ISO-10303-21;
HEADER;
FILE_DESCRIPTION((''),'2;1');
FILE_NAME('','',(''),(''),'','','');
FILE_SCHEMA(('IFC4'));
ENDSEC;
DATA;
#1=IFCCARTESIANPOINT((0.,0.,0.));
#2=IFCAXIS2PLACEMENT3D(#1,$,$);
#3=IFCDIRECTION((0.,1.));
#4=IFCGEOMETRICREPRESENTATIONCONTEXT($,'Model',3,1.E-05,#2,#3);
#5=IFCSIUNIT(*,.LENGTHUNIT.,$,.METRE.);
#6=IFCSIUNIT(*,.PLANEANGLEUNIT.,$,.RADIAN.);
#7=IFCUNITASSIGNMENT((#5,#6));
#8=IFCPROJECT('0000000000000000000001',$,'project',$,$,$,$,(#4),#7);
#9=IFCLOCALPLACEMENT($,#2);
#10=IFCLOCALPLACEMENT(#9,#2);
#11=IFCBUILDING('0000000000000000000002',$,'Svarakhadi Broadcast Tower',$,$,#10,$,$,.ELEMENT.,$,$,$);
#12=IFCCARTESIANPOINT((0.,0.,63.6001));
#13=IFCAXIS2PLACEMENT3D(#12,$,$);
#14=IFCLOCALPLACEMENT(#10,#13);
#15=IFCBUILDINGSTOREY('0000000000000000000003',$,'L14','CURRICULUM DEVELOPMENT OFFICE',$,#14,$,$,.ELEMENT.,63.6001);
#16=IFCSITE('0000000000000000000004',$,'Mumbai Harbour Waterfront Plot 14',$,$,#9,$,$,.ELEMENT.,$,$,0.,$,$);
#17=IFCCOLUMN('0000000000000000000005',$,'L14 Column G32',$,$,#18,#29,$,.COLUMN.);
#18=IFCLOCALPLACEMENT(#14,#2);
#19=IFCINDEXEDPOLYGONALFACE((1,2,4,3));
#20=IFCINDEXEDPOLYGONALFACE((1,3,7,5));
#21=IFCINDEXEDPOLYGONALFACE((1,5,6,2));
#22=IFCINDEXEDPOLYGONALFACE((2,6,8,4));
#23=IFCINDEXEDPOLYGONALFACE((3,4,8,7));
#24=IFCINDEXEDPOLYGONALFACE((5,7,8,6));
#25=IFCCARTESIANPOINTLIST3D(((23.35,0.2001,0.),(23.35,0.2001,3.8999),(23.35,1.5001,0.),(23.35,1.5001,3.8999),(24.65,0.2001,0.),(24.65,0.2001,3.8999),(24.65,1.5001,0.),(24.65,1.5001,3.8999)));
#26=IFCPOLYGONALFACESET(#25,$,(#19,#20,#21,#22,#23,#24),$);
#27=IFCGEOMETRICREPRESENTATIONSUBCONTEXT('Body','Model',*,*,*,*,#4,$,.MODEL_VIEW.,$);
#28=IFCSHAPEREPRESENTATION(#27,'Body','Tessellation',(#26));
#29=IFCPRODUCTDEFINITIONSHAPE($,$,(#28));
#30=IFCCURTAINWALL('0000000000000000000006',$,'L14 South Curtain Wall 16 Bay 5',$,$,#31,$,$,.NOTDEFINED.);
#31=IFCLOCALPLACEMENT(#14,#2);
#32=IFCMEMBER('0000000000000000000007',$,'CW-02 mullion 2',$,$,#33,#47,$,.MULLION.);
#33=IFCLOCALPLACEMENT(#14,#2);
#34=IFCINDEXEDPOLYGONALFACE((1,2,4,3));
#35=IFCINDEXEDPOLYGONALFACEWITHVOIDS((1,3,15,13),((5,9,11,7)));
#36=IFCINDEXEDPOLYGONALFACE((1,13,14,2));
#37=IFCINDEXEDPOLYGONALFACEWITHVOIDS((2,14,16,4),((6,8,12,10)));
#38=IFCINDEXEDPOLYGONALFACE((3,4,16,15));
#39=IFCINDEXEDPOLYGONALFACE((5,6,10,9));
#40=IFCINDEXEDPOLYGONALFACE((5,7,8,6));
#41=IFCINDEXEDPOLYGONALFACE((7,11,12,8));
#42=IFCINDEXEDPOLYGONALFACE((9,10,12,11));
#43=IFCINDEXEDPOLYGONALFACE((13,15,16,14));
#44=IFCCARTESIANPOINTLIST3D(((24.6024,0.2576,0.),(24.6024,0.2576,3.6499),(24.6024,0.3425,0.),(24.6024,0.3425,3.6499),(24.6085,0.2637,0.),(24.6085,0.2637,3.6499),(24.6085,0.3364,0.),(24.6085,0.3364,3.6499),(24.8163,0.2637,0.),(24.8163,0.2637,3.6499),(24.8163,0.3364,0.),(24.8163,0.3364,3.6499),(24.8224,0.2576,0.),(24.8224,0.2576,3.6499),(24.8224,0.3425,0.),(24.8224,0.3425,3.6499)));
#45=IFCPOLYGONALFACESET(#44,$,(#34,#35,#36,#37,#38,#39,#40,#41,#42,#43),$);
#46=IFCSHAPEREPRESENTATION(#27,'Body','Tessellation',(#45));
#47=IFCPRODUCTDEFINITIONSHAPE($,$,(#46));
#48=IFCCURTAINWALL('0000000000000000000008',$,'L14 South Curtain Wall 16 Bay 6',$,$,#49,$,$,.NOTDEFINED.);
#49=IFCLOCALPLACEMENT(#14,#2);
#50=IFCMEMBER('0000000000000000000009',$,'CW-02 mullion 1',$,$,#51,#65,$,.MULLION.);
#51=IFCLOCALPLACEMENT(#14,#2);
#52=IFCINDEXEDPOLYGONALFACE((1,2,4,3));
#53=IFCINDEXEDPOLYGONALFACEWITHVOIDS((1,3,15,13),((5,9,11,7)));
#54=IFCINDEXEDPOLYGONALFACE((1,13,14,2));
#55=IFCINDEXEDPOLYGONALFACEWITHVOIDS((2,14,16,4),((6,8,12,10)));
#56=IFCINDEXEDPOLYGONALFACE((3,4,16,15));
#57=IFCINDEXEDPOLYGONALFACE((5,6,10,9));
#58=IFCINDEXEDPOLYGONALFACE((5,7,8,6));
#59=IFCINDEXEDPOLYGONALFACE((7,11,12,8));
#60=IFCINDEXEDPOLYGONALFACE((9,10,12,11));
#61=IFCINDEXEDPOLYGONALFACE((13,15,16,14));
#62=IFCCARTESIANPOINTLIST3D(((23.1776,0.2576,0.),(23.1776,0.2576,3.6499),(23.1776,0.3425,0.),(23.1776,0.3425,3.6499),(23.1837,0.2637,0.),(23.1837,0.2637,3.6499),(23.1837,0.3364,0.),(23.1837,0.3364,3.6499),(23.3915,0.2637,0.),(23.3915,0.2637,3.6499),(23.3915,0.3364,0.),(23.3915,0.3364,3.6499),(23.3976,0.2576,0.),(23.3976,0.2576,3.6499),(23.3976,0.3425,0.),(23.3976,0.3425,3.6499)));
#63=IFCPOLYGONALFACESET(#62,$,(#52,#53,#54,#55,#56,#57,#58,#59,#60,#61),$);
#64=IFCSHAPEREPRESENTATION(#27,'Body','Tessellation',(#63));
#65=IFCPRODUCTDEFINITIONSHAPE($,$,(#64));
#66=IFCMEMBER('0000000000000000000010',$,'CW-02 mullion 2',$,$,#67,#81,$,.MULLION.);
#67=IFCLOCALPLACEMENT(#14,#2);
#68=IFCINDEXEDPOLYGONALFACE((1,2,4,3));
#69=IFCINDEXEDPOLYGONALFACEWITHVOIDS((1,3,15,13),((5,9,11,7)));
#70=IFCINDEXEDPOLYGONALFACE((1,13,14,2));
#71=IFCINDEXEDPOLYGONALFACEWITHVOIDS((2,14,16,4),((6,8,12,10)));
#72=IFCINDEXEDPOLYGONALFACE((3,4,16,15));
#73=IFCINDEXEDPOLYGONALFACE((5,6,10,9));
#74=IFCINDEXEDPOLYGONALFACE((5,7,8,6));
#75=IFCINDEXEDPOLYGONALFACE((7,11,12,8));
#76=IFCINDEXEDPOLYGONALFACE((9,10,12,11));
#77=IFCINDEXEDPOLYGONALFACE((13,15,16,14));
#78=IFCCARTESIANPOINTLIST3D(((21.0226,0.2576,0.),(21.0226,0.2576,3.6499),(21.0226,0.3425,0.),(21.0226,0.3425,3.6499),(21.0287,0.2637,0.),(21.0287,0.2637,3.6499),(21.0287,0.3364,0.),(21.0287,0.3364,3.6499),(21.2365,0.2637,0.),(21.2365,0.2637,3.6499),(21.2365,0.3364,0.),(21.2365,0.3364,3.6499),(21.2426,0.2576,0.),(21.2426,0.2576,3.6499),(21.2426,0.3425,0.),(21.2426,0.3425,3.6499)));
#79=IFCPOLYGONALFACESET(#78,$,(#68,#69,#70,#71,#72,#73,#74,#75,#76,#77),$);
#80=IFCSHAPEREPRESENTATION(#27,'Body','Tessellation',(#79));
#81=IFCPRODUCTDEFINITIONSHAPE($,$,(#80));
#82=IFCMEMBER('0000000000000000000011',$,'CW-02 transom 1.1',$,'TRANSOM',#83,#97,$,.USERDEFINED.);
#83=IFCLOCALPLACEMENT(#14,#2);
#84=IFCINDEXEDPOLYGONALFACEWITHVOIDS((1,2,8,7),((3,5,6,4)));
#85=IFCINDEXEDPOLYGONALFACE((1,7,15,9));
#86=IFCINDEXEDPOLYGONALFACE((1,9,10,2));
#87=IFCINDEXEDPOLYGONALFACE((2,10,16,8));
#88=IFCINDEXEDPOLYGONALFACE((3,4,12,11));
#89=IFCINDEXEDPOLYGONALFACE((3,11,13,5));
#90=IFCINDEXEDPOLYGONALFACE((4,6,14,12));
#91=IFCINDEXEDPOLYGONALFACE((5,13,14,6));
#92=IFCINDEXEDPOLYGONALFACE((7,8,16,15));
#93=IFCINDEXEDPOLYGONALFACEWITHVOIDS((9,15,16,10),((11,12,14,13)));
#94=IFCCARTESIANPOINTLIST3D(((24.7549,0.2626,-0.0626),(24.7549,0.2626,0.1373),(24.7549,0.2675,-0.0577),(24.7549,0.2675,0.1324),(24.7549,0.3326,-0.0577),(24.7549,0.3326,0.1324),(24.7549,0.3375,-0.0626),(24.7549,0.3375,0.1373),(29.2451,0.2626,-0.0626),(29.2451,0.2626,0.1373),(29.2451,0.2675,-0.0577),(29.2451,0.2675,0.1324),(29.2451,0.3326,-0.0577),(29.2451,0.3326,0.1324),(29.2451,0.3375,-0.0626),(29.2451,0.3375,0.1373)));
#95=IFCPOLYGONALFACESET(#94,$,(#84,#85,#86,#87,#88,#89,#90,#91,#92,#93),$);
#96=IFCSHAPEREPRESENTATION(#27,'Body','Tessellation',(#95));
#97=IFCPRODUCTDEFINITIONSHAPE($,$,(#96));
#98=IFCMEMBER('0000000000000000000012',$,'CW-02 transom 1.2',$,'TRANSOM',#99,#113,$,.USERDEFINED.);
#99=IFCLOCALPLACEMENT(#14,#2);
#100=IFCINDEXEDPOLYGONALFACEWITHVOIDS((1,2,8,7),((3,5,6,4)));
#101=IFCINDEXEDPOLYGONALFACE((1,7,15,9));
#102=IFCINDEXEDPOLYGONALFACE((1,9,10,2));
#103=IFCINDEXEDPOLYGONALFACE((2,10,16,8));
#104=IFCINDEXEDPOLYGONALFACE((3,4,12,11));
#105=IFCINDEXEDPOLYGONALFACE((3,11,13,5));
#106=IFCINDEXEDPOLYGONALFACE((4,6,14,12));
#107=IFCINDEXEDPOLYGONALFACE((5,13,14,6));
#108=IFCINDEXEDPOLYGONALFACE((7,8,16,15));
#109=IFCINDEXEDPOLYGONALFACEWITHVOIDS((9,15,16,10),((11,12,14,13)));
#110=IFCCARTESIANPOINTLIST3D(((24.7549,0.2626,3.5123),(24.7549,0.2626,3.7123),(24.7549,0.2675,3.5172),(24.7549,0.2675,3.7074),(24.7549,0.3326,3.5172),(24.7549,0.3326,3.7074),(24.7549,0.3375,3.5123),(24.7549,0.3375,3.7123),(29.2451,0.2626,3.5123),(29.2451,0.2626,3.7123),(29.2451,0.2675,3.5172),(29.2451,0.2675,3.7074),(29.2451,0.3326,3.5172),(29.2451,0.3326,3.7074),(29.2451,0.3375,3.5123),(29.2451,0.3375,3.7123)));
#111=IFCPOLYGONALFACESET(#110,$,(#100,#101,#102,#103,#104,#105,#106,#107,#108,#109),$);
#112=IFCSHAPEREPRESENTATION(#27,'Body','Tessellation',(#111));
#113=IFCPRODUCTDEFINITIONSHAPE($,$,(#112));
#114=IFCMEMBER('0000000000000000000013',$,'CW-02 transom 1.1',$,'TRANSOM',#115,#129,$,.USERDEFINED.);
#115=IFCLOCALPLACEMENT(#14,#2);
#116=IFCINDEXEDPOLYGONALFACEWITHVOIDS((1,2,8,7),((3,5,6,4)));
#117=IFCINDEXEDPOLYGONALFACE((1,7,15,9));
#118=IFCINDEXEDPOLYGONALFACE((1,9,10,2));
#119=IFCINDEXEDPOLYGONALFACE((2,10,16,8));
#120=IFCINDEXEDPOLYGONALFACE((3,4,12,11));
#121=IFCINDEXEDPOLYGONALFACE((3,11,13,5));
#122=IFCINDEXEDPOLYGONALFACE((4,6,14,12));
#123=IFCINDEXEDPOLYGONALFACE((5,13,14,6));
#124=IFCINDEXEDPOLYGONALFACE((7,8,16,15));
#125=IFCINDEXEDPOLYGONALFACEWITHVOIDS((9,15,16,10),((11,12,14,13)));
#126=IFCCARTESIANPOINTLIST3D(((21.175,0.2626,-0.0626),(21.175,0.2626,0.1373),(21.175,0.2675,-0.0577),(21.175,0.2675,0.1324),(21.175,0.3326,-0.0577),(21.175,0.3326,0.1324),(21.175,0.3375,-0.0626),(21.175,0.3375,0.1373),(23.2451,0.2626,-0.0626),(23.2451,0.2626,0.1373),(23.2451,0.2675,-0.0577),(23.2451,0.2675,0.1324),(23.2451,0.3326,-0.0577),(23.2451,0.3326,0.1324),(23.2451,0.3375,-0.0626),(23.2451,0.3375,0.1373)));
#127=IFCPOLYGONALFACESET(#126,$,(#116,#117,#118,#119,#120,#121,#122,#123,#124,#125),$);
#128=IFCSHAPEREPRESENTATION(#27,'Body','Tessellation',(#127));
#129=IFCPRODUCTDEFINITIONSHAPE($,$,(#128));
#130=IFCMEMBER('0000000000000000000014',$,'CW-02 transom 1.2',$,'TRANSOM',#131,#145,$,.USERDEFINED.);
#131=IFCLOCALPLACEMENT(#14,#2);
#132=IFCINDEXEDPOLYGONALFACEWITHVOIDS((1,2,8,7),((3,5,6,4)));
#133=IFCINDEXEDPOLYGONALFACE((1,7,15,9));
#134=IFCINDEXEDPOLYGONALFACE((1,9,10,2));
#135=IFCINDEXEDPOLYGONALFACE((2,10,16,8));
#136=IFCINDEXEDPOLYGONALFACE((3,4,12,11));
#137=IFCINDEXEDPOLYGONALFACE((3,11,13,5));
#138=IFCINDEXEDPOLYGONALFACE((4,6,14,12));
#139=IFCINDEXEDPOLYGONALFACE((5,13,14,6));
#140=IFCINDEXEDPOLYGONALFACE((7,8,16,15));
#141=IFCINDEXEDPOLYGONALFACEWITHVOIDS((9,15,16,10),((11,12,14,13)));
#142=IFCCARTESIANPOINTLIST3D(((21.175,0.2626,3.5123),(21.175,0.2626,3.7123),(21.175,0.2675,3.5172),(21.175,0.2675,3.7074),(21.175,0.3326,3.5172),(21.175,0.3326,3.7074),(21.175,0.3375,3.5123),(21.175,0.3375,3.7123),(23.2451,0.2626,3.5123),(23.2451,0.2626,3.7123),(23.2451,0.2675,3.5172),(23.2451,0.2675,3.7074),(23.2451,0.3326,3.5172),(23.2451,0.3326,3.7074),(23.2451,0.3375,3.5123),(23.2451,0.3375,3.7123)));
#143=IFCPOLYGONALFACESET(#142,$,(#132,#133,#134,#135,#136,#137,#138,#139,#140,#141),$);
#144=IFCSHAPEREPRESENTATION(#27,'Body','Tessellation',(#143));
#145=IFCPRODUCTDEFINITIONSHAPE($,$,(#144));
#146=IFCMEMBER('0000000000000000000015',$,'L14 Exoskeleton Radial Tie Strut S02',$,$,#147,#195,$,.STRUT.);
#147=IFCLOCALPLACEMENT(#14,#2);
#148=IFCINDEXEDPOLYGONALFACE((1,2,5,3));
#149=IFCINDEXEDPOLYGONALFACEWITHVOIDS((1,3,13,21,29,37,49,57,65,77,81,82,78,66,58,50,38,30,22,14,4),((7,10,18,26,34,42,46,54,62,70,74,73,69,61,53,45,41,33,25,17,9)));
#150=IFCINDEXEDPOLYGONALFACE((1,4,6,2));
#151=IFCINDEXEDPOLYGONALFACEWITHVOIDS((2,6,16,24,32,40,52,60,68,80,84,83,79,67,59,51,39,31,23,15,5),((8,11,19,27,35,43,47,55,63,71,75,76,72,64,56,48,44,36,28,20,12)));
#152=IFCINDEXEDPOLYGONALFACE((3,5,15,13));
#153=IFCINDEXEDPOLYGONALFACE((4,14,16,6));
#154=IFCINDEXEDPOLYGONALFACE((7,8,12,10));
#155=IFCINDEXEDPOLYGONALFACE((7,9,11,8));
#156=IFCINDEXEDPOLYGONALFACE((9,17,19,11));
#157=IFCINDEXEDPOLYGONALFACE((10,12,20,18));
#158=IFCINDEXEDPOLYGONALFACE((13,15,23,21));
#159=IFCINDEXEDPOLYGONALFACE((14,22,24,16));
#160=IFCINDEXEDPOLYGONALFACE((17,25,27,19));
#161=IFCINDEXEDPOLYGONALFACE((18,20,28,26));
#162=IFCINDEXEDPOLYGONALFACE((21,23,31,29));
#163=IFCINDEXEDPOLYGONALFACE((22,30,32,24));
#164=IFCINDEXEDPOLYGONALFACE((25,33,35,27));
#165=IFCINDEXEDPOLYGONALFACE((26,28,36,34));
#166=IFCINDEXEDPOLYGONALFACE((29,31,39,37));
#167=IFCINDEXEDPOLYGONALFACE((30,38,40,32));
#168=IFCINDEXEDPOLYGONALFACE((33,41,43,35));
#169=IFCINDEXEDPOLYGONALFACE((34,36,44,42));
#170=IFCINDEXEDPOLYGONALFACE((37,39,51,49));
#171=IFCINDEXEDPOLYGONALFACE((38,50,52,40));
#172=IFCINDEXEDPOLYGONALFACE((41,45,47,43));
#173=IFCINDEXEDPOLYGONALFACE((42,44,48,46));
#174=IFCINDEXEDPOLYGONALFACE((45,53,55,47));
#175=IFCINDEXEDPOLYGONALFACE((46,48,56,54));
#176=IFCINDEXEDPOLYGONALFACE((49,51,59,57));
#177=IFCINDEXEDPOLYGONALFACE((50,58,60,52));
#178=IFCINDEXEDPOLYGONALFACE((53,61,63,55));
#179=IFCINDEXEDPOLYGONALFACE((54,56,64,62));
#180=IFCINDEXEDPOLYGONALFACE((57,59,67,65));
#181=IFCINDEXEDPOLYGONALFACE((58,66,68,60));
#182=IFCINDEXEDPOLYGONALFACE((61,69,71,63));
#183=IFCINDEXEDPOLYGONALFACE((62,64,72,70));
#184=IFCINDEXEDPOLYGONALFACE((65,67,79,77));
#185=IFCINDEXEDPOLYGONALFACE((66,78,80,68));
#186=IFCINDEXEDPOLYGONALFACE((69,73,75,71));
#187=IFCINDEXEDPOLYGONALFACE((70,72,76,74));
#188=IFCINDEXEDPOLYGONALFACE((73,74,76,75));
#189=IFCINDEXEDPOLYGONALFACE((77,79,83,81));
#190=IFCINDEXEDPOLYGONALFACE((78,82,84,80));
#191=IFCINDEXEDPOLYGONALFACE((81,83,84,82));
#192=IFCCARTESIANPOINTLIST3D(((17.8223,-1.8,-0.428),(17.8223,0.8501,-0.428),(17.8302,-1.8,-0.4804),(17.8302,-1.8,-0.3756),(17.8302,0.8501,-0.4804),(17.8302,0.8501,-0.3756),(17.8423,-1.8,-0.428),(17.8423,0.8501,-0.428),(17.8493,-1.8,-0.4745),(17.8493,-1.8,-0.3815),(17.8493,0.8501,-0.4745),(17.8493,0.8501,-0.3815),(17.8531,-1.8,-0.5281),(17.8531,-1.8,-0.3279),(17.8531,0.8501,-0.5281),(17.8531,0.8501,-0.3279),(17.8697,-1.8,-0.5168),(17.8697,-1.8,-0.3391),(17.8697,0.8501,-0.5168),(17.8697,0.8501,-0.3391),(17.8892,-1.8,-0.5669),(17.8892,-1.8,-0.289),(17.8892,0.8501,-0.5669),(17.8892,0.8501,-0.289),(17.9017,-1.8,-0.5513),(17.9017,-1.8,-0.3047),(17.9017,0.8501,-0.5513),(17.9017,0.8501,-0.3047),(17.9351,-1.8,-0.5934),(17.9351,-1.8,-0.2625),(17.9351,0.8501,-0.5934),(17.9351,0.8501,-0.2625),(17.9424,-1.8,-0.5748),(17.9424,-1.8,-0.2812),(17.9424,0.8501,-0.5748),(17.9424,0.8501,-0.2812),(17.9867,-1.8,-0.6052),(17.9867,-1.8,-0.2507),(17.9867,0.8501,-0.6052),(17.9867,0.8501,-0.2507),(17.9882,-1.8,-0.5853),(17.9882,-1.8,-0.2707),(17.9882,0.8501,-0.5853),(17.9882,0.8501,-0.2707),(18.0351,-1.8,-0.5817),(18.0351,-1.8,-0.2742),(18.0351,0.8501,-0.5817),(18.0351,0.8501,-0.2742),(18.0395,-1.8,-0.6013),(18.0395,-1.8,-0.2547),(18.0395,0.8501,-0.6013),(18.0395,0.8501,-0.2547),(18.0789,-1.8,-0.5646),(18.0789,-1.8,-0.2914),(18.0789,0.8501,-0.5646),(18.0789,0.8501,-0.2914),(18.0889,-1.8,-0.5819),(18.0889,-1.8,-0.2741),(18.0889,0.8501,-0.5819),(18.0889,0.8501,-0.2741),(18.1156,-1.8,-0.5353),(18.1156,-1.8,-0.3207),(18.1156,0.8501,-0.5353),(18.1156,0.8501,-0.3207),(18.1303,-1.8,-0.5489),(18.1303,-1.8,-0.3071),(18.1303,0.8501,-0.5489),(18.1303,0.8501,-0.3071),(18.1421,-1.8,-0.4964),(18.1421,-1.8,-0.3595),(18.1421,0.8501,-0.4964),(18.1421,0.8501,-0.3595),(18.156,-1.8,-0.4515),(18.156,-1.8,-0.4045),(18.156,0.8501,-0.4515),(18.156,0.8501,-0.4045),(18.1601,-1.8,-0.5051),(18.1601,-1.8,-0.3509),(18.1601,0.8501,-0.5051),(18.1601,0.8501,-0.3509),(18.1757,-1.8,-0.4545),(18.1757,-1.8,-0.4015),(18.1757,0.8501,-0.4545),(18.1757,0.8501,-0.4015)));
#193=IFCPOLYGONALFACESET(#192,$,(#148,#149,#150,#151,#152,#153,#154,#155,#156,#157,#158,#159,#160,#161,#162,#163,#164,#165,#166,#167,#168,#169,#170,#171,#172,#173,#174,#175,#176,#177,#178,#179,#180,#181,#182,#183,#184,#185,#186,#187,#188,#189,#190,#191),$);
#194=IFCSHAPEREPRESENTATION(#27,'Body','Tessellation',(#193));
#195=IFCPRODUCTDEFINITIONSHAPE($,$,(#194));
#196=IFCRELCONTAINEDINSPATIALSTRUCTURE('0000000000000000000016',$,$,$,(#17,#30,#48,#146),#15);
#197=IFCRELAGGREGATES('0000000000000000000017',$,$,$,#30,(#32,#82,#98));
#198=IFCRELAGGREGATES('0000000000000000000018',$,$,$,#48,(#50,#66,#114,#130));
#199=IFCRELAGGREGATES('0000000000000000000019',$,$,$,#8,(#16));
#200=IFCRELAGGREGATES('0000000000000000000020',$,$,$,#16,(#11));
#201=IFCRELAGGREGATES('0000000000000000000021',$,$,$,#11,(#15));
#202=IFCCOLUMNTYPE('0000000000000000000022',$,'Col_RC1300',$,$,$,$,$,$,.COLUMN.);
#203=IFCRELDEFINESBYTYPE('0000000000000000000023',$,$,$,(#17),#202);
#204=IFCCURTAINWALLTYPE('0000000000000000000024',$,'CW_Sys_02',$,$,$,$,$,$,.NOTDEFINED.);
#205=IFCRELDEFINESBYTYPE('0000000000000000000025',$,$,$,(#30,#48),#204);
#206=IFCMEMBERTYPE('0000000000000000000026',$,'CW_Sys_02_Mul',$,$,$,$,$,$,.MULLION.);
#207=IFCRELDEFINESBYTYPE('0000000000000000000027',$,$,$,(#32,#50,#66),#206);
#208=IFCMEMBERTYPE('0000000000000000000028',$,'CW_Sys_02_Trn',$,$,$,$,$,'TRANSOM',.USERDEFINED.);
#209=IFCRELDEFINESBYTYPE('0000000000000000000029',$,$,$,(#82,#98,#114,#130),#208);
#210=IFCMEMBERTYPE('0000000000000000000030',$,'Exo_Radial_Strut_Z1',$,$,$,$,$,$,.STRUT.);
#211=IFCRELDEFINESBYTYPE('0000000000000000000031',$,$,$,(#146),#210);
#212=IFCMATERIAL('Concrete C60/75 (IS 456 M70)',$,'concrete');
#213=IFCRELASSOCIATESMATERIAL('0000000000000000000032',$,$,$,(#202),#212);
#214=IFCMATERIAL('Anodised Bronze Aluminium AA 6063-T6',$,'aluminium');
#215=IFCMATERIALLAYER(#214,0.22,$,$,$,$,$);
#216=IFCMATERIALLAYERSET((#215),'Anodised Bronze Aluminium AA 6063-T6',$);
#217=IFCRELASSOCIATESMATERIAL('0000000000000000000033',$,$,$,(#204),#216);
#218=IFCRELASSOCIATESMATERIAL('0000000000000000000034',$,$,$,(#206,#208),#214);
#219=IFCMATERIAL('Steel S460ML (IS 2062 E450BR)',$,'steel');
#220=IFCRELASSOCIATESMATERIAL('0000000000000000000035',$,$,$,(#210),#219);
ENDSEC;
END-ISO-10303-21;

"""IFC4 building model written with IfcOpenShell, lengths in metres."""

from ifc_helpers import new_model, si_unit, direction, frame, origin, origin_2d, place, context, subcontext, project, spatial, rectangle, hollow_rectangle, hollow_circle, extrude, material, layer, layer_set, material_profile, profile_set, type_object, element, aggregate, save


model = new_model("IFC4")

# Units and contexts
model_context = context("Model", 3, precision=1e-05, world=origin(), true_north=direction((0.0, 1.0)))
body_context = subcontext(model_context, "Body", "Model", "MODEL_VIEW")
ifc_project = project(units=[si_unit("LENGTHUNIT", "METRE"), si_unit("PLANEANGLEUNIT", "RADIAN")], contexts=[model_context])

# Site, building, storey
site_placement = place(None, origin())
site = spatial("IfcSite", under=ifc_project, at=site_placement, Name="Mumbai Harbour Waterfront Plot 14", CompositionType="ELEMENT", RefElevation=0.0)
building_placement = place(site_placement, origin())
building = spatial("IfcBuilding", under=site, at=building_placement, Name="Svarakhadi Broadcast Tower", CompositionType="ELEMENT")
storey_placement = place(building_placement, frame((0.0, 0.0, 63.6001)))
storey = spatial("IfcBuildingStorey", under=building, at=storey_placement, Name="L14", Description="CURRICULUM DEVELOPMENT OFFICE", CompositionType="ELEMENT", Elevation=63.6001)

# Column
ifc_material_1 = material(Name="Concrete C60/75 (IS 456 M70)", Category="concrete")
ifc_material_profile_1 = material_profile(ifc_material_1, rectangle(XDim=1.3, YDim=1.3, at=origin_2d()), Name="RC 1300x1300")
ifc_profile_set_1 = profile_set([ifc_material_profile_1], Name="Concrete C60/75 (IS 456 M70)")
column_type = type_object("IfcColumnType", Name="Col_RC1300", PredefinedType="COLUMN", material=ifc_profile_set_1)
column_placement = place(storey_placement, frame((24.0, 0.8501, 0.0), z_axis=(0.0, 0.0, 1.0), x_axis=(1.0, 0.0, 0.0)))
element("IfcColumn", 1, at=column_placement, inside=storey, type_object=column_type, Name="L14 Column G32", PredefinedType="COLUMN", context=body_context, shape_type="SweptSolid", body=[
    extrude(rectangle(XDim=1.3, YDim=1.3, at=origin_2d()), origin(), (0.0, 0.0, 1.0), 3.8999),
])

# Curtain wall, member
ifc_material_2 = material(Name="Anodised Bronze Aluminium AA 6063-T6", Category="aluminium")
ifc_layer_1 = layer(ifc_material_2, 0.22)
ifc_layer_set_1 = layer_set([ifc_layer_1], Name="Anodised Bronze Aluminium AA 6063-T6")
curtain_wall_type = type_object("IfcCurtainWallType", Name="CW_Sys_02", PredefinedType="NOTDEFINED", material=ifc_layer_set_1)
curtain_wall_1_placement = place(storey_placement, origin())
curtain_wall_1 = element("IfcCurtainWall", 2, at=curtain_wall_1_placement, inside=storey, type_object=curtain_wall_type, Name="L14 South Curtain Wall 16 Bay 5", PredefinedType="NOTDEFINED")
ifc_material_profile_2 = material_profile(ifc_material_2, hollow_rectangle(XDim=0.085, YDim=0.22, WallThickness=0.0061, at=origin_2d()), Name="ALU MULLION 220x85x6")
ifc_profile_set_2 = profile_set([ifc_material_profile_2], Name="Anodised Bronze Aluminium AA 6063-T6")
member_type_1 = type_object("IfcMemberType", Name="CW_Sys_02_Mul", PredefinedType="MULLION", material=ifc_profile_set_2)
member_1_placement = place(storey_placement, frame((24.7124, 0.3, 0.0), z_axis=(0.0, 0.0, 1.0), x_axis=(0.0, -1.0, 0.0)))
member_1 = element("IfcMember", 3, at=member_1_placement, type_object=member_type_1, Name="CW-02 mullion 2", PredefinedType="MULLION", context=body_context, shape_type="SweptSolid", body=[
    extrude(hollow_rectangle(XDim=0.085, YDim=0.22, WallThickness=0.0061, at=origin_2d()), origin(), (0.0, 0.0, 1.0), 3.6499),
])

# Curtain wall, members
curtain_wall_2_placement = place(storey_placement, origin())
curtain_wall_2 = element("IfcCurtainWall", 4, at=curtain_wall_2_placement, inside=storey, type_object=curtain_wall_type, Name="L14 South Curtain Wall 16 Bay 6", PredefinedType="NOTDEFINED")
member_2_placement = place(storey_placement, frame((23.2876, 0.3, 0.0), z_axis=(0.0, 0.0, 1.0), x_axis=(0.0, -1.0, 0.0)))
member_2 = element("IfcMember", 5, at=member_2_placement, type_object=member_type_1, Name="CW-02 mullion 1", PredefinedType="MULLION", context=body_context, shape_type="SweptSolid", body=[
    extrude(hollow_rectangle(XDim=0.085, YDim=0.22, WallThickness=0.0061, at=origin_2d()), origin(), (0.0, 0.0, 1.0), 3.6499),
])
member_3_placement = place(storey_placement, frame((21.1326, 0.3, 0.0), z_axis=(0.0, 0.0, 1.0), x_axis=(0.0, -1.0, 0.0)))
member_3 = element("IfcMember", 6, at=member_3_placement, type_object=member_type_1, Name="CW-02 mullion 2", PredefinedType="MULLION", context=body_context, shape_type="SweptSolid", body=[
    extrude(hollow_rectangle(XDim=0.085, YDim=0.22, WallThickness=0.0061, at=origin_2d()), origin(), (0.0, 0.0, 1.0), 3.6499),
])

# Members
ifc_material_profile_3 = material_profile(ifc_material_2, hollow_rectangle(XDim=0.075, YDim=0.2, WallThickness=0.0049, at=origin_2d()), Name="ALU TRANSOM 200x75x5")
ifc_profile_set_3 = profile_set([ifc_material_profile_3], Name="Anodised Bronze Aluminium AA 6063-T6")
member_type_2 = type_object("IfcMemberType", Name="CW_Sys_02_Trn", ElementType="TRANSOM", PredefinedType="USERDEFINED", material=ifc_profile_set_3)
member_4_placement = place(storey_placement, frame((29.2451, 0.3, 0.0374), z_axis=(-1.0, 0.0, 0.0), x_axis=(0.0, -1.0, 0.0)))
member_4 = element("IfcMember", 7, at=member_4_placement, type_object=member_type_2, Name="CW-02 transom 1.1", ObjectType="TRANSOM", PredefinedType="USERDEFINED", context=body_context, shape_type="SweptSolid", body=[
    extrude(hollow_rectangle(XDim=0.075, YDim=0.2, WallThickness=0.0049, at=origin_2d()), origin(), (0.0, 0.0, 1.0), 4.4902),
])
member_5_placement = place(storey_placement, frame((29.2451, 0.3, 3.6123), z_axis=(-1.0, 0.0, 0.0), x_axis=(0.0, -1.0, 0.0)))
member_5 = element("IfcMember", 8, at=member_5_placement, type_object=member_type_2, Name="CW-02 transom 1.2", ObjectType="TRANSOM", PredefinedType="USERDEFINED", context=body_context, shape_type="SweptSolid", body=[
    extrude(hollow_rectangle(XDim=0.075, YDim=0.2, WallThickness=0.0049, at=origin_2d()), origin(), (0.0, 0.0, 1.0), 4.4902),
])
member_6_placement = place(storey_placement, frame((23.2451, 0.3, 0.0374), z_axis=(-1.0, 0.0, 0.0), x_axis=(0.0, -1.0, 0.0)))
member_6 = element("IfcMember", 9, at=member_6_placement, type_object=member_type_2, Name="CW-02 transom 1.1", ObjectType="TRANSOM", PredefinedType="USERDEFINED", context=body_context, shape_type="SweptSolid", body=[
    extrude(hollow_rectangle(XDim=0.075, YDim=0.2, WallThickness=0.0049, at=origin_2d()), origin(), (0.0, 0.0, 1.0), 2.0701),
])
member_7_placement = place(storey_placement, frame((23.2451, 0.3, 3.6123), z_axis=(-1.0, 0.0, 0.0), x_axis=(0.0, -1.0, 0.0)))
member_7 = element("IfcMember", 10, at=member_7_placement, type_object=member_type_2, Name="CW-02 transom 1.2", ObjectType="TRANSOM", PredefinedType="USERDEFINED", context=body_context, shape_type="SweptSolid", body=[
    extrude(hollow_rectangle(XDim=0.075, YDim=0.2, WallThickness=0.0049, at=origin_2d()), origin(), (0.0, 0.0, 1.0), 2.0701),
])
ifc_material_3 = material(Name="Steel S460ML (IS 2062 E450BR)", Category="steel")
ifc_material_profile_4 = material_profile(ifc_material_3, hollow_circle(Radius=0.1777, WallThickness=0.02, at=origin_2d()), Name="CHS 355.6x20")
ifc_profile_set_4 = profile_set([ifc_material_profile_4], Name="Steel S460ML (IS 2062 E450BR)")
member_type_3 = type_object("IfcMemberType", Name="Exo_Radial_Strut_Z1", PredefinedType="STRUT", material=ifc_profile_set_4)
member_8_placement = place(storey_placement, frame((18.0, -1.8, -0.428), z_axis=(0.0, 1.0, 0.0), x_axis=(-1.0, 0.0, 0.0)))
element("IfcMember", 11, at=member_8_placement, inside=storey, type_object=member_type_3, Name="L14 Exoskeleton Radial Tie Strut S02", PredefinedType="STRUT", context=body_context, shape_type="SweptSolid", body=[
    extrude(hollow_circle(Radius=0.1777, WallThickness=0.02, at=origin_2d()), origin(), (0.0, 0.0, 1.0), 2.6501),
])

aggregate(curtain_wall_1, [member_1, member_4, member_5])
aggregate(curtain_wall_2, [member_2, member_3, member_6, member_7])

save(model, "model.ifc")
